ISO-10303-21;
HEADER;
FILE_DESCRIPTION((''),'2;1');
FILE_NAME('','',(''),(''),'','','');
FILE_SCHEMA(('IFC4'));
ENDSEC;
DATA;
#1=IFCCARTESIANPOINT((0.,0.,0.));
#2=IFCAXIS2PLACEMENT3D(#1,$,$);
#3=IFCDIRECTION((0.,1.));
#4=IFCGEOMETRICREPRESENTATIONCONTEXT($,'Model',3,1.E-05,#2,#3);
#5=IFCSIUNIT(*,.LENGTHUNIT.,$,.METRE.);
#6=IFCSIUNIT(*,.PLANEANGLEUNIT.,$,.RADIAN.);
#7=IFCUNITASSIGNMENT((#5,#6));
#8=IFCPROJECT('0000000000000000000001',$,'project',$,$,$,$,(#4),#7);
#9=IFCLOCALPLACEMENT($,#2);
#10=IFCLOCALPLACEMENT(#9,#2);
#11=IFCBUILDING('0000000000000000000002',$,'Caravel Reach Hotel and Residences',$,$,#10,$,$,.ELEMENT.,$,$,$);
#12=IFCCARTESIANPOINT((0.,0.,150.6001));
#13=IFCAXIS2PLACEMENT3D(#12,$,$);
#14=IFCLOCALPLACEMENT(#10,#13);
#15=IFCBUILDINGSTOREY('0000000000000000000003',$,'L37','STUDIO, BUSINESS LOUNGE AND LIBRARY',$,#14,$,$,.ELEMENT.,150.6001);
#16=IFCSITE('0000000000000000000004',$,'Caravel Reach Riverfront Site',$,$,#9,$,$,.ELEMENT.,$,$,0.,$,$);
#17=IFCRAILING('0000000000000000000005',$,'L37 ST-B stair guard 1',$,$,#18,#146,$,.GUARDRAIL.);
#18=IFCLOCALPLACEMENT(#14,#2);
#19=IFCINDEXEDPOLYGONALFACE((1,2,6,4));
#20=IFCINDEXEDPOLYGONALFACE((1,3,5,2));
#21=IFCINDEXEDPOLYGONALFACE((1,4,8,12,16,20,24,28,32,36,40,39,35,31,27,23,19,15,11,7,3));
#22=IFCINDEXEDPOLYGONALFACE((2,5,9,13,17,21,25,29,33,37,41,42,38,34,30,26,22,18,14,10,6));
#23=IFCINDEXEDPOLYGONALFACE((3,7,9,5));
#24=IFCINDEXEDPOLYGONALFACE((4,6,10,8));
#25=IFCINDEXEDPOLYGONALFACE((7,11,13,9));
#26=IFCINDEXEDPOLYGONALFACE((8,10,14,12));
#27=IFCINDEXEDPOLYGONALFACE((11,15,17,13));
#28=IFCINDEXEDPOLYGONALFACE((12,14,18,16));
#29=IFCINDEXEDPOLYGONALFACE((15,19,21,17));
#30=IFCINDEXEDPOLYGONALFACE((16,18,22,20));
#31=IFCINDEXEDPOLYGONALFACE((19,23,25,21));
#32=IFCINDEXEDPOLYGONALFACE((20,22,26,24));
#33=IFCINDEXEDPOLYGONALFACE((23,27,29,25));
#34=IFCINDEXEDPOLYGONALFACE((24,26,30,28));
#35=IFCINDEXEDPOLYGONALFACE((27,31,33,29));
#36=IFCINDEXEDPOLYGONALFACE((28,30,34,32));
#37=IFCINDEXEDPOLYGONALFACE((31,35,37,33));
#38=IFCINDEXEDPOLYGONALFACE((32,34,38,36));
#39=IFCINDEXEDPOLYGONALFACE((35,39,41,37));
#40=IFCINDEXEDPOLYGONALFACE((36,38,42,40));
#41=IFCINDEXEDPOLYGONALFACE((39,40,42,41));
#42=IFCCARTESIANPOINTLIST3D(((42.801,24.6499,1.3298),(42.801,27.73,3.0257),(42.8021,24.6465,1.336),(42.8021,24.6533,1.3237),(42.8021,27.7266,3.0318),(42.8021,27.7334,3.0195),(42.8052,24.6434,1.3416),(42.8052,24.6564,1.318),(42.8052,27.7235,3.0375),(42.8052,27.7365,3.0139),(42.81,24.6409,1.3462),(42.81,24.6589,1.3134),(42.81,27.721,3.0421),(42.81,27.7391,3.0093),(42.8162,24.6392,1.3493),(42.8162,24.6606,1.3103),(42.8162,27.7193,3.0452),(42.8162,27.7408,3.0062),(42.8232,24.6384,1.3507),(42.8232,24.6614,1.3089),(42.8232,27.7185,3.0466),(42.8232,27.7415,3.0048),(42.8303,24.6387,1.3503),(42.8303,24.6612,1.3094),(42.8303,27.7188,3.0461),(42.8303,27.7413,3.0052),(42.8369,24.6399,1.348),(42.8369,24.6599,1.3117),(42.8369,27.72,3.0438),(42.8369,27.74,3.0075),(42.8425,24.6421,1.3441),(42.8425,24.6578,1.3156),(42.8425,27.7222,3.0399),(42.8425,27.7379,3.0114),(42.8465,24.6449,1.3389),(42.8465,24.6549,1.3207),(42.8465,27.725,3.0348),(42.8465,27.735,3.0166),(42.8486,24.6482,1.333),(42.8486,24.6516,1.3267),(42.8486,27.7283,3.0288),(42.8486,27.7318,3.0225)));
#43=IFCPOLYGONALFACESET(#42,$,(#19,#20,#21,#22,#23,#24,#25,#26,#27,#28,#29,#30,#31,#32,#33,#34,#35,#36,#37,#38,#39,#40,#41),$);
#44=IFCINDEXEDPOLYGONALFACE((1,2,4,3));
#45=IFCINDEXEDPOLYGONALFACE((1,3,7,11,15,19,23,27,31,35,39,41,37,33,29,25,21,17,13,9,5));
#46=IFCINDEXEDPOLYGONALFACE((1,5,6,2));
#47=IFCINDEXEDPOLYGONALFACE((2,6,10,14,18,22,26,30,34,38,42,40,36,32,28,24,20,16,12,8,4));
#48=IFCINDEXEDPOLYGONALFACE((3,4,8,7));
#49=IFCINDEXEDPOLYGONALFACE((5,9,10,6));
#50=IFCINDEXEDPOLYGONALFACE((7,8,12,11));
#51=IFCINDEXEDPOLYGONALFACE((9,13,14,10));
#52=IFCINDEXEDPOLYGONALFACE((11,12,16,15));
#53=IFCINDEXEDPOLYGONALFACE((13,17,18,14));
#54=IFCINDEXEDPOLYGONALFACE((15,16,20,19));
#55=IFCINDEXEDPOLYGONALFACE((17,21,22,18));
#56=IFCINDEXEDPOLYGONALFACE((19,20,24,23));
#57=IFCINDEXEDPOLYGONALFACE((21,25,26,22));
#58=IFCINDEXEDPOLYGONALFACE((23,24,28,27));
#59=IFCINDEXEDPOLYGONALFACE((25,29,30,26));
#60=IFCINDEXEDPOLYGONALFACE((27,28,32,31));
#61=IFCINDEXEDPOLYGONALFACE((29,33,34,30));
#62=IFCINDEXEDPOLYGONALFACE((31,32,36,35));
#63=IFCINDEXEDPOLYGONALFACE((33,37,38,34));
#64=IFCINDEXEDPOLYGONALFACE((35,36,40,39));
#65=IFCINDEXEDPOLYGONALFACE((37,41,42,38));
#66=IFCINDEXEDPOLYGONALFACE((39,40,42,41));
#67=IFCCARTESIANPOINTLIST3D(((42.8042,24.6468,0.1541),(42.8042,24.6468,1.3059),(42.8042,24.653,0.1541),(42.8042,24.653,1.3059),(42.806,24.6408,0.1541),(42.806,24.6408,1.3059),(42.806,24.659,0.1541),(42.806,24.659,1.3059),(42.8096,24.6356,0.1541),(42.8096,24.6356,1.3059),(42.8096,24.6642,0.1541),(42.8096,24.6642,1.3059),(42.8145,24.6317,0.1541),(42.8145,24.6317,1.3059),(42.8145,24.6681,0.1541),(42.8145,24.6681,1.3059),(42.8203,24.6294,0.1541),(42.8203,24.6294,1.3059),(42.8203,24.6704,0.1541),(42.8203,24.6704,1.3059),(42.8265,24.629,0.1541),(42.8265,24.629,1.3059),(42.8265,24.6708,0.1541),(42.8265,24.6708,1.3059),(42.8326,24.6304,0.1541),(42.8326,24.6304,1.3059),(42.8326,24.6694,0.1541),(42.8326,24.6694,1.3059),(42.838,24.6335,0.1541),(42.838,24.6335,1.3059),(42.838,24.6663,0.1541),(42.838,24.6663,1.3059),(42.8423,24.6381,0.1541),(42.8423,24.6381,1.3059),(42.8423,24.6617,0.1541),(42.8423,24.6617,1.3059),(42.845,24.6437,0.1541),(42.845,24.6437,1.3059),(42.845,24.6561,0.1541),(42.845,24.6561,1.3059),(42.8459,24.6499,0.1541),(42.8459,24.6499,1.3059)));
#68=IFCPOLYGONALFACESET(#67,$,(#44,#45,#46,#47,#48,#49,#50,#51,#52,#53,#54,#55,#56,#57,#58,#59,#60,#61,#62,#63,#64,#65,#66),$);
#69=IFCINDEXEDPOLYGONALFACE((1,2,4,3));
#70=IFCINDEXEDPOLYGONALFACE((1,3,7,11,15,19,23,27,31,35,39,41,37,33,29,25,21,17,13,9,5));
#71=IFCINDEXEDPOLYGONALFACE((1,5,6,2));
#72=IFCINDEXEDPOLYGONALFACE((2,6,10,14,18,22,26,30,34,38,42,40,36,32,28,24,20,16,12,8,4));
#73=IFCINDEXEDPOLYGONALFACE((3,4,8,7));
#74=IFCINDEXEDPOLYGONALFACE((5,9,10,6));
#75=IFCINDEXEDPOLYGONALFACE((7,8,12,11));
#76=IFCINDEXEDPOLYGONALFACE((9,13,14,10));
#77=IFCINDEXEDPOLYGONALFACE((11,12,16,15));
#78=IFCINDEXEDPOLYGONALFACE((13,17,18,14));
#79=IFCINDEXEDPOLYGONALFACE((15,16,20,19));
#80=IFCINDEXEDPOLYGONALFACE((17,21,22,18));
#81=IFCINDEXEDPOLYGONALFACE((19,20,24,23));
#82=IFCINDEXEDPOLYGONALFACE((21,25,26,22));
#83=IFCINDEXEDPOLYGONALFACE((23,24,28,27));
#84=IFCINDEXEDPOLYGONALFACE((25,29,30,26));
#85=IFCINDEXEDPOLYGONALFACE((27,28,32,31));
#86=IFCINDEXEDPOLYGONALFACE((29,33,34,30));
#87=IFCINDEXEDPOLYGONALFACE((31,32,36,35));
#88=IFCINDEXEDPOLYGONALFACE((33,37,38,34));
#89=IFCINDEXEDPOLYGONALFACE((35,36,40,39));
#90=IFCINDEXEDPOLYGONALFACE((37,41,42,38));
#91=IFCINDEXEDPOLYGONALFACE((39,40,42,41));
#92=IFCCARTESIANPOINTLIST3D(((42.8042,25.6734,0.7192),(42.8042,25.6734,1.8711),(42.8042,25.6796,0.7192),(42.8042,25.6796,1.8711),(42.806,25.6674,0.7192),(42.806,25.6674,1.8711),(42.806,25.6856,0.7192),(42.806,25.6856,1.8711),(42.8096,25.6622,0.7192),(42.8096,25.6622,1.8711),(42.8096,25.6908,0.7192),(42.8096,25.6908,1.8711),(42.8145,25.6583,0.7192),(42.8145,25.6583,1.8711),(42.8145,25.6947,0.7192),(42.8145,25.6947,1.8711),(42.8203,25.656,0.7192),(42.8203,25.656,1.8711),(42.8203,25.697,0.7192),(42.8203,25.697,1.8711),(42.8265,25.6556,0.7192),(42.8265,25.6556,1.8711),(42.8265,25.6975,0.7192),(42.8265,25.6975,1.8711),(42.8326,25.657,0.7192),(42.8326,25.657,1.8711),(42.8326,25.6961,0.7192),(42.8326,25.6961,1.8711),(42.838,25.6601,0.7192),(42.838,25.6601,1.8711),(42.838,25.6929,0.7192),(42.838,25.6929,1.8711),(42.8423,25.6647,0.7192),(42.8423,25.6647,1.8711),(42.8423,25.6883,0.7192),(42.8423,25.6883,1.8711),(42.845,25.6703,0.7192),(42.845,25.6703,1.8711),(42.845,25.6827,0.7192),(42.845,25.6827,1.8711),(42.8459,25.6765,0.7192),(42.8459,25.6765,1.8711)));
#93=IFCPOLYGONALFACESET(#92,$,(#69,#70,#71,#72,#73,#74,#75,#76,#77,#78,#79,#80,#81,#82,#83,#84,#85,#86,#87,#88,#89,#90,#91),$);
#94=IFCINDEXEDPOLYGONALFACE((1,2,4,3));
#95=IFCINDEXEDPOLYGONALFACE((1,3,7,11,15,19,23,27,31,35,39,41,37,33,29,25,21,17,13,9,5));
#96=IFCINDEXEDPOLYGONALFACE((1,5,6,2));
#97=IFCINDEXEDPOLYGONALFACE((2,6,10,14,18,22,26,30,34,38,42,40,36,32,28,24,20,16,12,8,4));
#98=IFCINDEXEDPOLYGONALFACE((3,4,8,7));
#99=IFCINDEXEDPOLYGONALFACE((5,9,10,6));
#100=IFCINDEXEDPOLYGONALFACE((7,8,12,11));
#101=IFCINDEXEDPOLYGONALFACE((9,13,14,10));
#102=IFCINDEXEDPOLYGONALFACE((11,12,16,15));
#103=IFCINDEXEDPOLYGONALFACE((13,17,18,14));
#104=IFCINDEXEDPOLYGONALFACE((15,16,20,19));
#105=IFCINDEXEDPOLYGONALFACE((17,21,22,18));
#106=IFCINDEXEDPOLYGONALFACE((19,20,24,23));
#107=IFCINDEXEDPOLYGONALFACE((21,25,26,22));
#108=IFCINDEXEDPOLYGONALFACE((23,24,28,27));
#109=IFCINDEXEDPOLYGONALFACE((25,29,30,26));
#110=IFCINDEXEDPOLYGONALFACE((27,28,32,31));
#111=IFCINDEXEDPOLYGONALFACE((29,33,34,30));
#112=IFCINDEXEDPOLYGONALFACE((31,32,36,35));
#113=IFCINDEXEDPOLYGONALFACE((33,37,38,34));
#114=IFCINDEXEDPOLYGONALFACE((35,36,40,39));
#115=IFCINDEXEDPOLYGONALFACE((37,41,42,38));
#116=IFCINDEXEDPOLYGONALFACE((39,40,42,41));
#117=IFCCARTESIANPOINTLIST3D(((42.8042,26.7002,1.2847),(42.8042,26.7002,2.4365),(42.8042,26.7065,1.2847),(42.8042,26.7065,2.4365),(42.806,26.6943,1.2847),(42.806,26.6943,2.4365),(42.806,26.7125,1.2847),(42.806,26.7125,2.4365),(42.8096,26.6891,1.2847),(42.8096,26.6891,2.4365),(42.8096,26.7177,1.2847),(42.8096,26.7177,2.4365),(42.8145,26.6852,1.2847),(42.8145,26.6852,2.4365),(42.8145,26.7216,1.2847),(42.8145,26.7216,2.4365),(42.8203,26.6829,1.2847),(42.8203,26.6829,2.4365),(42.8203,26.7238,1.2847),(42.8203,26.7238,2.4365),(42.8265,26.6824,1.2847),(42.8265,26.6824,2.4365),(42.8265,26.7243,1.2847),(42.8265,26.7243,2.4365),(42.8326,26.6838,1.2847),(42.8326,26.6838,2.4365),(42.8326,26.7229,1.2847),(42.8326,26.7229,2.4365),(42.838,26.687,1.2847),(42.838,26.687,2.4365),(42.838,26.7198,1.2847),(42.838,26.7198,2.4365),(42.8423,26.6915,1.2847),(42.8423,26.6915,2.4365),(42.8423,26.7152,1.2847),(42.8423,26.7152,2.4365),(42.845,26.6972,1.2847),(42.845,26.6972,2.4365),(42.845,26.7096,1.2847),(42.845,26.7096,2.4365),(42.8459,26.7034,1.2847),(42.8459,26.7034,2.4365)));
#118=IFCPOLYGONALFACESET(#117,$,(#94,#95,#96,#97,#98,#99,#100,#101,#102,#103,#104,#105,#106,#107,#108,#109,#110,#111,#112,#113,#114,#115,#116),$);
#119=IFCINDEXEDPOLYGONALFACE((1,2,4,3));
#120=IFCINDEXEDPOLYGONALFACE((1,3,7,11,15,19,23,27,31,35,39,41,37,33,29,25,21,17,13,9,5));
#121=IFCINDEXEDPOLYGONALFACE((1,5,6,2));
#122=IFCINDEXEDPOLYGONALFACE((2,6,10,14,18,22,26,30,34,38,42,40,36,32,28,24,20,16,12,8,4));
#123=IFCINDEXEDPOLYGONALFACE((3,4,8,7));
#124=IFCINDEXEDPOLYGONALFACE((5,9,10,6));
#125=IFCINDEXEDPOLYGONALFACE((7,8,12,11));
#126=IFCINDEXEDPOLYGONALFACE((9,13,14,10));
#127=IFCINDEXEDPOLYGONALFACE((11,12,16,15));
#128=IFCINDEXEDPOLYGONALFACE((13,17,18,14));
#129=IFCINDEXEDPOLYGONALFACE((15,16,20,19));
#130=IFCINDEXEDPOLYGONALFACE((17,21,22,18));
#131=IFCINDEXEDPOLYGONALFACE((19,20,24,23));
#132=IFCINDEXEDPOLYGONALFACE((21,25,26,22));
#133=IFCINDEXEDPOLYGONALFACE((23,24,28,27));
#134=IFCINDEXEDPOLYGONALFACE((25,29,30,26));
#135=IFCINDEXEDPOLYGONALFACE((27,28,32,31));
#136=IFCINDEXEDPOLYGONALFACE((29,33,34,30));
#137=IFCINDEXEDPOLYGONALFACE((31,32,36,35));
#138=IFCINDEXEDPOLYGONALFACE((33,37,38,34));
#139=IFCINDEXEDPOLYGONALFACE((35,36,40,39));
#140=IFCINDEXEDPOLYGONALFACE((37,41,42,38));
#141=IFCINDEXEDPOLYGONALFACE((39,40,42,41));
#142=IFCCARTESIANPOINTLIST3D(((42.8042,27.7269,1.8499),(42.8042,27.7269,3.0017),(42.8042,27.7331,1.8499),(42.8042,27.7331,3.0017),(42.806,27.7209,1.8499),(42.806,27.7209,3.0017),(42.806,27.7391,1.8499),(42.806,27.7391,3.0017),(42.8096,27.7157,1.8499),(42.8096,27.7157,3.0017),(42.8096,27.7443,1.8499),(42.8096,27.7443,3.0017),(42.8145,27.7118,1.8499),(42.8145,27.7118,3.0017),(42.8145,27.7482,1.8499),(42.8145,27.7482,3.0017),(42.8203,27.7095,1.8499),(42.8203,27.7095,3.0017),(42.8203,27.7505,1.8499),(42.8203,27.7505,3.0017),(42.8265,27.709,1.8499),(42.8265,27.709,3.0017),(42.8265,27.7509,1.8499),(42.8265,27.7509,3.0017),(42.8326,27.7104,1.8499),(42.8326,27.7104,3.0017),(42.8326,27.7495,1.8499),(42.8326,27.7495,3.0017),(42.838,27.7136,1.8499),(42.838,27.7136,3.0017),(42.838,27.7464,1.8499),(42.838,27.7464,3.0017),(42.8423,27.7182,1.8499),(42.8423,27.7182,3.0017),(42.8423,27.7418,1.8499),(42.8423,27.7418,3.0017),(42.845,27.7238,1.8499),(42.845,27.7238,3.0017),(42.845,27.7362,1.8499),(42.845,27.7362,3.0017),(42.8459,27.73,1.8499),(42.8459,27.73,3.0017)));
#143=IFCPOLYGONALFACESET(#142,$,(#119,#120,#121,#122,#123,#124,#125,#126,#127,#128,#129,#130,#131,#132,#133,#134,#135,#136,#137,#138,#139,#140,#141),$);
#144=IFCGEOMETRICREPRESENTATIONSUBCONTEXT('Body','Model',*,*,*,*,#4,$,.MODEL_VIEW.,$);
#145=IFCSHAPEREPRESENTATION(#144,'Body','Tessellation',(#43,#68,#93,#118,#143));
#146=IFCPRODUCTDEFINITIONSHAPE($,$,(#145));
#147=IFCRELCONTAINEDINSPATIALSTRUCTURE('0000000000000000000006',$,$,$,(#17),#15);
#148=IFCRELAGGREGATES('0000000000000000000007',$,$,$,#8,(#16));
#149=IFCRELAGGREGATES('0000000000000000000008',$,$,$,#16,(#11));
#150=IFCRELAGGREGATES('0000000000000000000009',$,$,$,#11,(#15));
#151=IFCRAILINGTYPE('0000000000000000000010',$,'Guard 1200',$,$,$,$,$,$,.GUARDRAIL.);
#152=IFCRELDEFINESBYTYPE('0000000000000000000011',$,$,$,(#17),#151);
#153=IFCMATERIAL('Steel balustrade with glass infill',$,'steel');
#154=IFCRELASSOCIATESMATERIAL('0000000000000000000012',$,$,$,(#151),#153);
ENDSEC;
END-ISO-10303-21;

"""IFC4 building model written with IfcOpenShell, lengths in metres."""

from ifc_helpers import new_model, si_unit, direction, frame, origin, origin_2d, place, context, subcontext, project, spatial, circle, extrude, material, type_object, element, save


model = new_model("IFC4")

# Units and contexts
model_context = context("Model", 3, precision=1e-05, world=origin(), true_north=direction((0.0, 1.0)))
body_context = subcontext(model_context, "Body", "Model", "MODEL_VIEW")
ifc_project = project(units=[si_unit("LENGTHUNIT", "METRE"), si_unit("PLANEANGLEUNIT", "RADIAN")], contexts=[model_context])

# Site, building, storey
site_placement = place(None, origin())
site = spatial("IfcSite", under=ifc_project, at=site_placement, Name="Caravel Reach Riverfront Site", CompositionType="ELEMENT", RefElevation=0.0)
building_placement = place(site_placement, origin())
building = spatial("IfcBuilding", under=site, at=building_placement, Name="Caravel Reach Hotel and Residences", CompositionType="ELEMENT")
storey_placement = place(building_placement, frame((0.0, 0.0, 150.6001)))
storey = spatial("IfcBuildingStorey", under=building, at=storey_placement, Name="L37", Description="STUDIO, BUSINESS LOUNGE AND LIBRARY", CompositionType="ELEMENT", Elevation=150.6001)

# Railing
ifc_material_1 = material(Name="Steel balustrade with glass infill", Category="steel")
railing_type_1 = type_object("IfcRailingType", Name="Guard 1200", PredefinedType="GUARDRAIL", material=ifc_material_1)
railing_1_placement = place(storey_placement, frame((42.825, 24.6499, 0.1541)))
element("IfcRailing", 1, at=railing_1_placement, inside=storey, type_object=railing_type_1, Name="L37 ST-B stair guard 1", PredefinedType="GUARDRAIL", context=body_context, shape_type="SweptSolid", body=[
    extrude(circle(Radius=0.0239, at=origin_2d()), frame((0.0, 0.0, 1.1758), z_axis=(0.0, 0.876005, 0.482303), x_axis=(-1.0, 0.0, 0.0)), (0.0, 0.0, 1.0), 3.5161),
    extrude(circle(Radius=0.021, at=origin_2d()), origin(), (0.0, 0.0, 1.0), 1.1519),
    extrude(circle(Radius=0.021, at=origin_2d()), frame((0.0, 1.0266, 0.5652)), (0.0, 0.0, 1.0), 1.1519),
    extrude(circle(Radius=0.021, at=origin_2d()), frame((0.0, 2.0535, 1.1306)), (0.0, 0.0, 1.0), 1.1519),
    extrude(circle(Radius=0.021, at=origin_2d()), frame((0.0, 3.0801, 1.6958)), (0.0, 0.0, 1.0), 1.1519),
])

save(model, "model.ifc")
